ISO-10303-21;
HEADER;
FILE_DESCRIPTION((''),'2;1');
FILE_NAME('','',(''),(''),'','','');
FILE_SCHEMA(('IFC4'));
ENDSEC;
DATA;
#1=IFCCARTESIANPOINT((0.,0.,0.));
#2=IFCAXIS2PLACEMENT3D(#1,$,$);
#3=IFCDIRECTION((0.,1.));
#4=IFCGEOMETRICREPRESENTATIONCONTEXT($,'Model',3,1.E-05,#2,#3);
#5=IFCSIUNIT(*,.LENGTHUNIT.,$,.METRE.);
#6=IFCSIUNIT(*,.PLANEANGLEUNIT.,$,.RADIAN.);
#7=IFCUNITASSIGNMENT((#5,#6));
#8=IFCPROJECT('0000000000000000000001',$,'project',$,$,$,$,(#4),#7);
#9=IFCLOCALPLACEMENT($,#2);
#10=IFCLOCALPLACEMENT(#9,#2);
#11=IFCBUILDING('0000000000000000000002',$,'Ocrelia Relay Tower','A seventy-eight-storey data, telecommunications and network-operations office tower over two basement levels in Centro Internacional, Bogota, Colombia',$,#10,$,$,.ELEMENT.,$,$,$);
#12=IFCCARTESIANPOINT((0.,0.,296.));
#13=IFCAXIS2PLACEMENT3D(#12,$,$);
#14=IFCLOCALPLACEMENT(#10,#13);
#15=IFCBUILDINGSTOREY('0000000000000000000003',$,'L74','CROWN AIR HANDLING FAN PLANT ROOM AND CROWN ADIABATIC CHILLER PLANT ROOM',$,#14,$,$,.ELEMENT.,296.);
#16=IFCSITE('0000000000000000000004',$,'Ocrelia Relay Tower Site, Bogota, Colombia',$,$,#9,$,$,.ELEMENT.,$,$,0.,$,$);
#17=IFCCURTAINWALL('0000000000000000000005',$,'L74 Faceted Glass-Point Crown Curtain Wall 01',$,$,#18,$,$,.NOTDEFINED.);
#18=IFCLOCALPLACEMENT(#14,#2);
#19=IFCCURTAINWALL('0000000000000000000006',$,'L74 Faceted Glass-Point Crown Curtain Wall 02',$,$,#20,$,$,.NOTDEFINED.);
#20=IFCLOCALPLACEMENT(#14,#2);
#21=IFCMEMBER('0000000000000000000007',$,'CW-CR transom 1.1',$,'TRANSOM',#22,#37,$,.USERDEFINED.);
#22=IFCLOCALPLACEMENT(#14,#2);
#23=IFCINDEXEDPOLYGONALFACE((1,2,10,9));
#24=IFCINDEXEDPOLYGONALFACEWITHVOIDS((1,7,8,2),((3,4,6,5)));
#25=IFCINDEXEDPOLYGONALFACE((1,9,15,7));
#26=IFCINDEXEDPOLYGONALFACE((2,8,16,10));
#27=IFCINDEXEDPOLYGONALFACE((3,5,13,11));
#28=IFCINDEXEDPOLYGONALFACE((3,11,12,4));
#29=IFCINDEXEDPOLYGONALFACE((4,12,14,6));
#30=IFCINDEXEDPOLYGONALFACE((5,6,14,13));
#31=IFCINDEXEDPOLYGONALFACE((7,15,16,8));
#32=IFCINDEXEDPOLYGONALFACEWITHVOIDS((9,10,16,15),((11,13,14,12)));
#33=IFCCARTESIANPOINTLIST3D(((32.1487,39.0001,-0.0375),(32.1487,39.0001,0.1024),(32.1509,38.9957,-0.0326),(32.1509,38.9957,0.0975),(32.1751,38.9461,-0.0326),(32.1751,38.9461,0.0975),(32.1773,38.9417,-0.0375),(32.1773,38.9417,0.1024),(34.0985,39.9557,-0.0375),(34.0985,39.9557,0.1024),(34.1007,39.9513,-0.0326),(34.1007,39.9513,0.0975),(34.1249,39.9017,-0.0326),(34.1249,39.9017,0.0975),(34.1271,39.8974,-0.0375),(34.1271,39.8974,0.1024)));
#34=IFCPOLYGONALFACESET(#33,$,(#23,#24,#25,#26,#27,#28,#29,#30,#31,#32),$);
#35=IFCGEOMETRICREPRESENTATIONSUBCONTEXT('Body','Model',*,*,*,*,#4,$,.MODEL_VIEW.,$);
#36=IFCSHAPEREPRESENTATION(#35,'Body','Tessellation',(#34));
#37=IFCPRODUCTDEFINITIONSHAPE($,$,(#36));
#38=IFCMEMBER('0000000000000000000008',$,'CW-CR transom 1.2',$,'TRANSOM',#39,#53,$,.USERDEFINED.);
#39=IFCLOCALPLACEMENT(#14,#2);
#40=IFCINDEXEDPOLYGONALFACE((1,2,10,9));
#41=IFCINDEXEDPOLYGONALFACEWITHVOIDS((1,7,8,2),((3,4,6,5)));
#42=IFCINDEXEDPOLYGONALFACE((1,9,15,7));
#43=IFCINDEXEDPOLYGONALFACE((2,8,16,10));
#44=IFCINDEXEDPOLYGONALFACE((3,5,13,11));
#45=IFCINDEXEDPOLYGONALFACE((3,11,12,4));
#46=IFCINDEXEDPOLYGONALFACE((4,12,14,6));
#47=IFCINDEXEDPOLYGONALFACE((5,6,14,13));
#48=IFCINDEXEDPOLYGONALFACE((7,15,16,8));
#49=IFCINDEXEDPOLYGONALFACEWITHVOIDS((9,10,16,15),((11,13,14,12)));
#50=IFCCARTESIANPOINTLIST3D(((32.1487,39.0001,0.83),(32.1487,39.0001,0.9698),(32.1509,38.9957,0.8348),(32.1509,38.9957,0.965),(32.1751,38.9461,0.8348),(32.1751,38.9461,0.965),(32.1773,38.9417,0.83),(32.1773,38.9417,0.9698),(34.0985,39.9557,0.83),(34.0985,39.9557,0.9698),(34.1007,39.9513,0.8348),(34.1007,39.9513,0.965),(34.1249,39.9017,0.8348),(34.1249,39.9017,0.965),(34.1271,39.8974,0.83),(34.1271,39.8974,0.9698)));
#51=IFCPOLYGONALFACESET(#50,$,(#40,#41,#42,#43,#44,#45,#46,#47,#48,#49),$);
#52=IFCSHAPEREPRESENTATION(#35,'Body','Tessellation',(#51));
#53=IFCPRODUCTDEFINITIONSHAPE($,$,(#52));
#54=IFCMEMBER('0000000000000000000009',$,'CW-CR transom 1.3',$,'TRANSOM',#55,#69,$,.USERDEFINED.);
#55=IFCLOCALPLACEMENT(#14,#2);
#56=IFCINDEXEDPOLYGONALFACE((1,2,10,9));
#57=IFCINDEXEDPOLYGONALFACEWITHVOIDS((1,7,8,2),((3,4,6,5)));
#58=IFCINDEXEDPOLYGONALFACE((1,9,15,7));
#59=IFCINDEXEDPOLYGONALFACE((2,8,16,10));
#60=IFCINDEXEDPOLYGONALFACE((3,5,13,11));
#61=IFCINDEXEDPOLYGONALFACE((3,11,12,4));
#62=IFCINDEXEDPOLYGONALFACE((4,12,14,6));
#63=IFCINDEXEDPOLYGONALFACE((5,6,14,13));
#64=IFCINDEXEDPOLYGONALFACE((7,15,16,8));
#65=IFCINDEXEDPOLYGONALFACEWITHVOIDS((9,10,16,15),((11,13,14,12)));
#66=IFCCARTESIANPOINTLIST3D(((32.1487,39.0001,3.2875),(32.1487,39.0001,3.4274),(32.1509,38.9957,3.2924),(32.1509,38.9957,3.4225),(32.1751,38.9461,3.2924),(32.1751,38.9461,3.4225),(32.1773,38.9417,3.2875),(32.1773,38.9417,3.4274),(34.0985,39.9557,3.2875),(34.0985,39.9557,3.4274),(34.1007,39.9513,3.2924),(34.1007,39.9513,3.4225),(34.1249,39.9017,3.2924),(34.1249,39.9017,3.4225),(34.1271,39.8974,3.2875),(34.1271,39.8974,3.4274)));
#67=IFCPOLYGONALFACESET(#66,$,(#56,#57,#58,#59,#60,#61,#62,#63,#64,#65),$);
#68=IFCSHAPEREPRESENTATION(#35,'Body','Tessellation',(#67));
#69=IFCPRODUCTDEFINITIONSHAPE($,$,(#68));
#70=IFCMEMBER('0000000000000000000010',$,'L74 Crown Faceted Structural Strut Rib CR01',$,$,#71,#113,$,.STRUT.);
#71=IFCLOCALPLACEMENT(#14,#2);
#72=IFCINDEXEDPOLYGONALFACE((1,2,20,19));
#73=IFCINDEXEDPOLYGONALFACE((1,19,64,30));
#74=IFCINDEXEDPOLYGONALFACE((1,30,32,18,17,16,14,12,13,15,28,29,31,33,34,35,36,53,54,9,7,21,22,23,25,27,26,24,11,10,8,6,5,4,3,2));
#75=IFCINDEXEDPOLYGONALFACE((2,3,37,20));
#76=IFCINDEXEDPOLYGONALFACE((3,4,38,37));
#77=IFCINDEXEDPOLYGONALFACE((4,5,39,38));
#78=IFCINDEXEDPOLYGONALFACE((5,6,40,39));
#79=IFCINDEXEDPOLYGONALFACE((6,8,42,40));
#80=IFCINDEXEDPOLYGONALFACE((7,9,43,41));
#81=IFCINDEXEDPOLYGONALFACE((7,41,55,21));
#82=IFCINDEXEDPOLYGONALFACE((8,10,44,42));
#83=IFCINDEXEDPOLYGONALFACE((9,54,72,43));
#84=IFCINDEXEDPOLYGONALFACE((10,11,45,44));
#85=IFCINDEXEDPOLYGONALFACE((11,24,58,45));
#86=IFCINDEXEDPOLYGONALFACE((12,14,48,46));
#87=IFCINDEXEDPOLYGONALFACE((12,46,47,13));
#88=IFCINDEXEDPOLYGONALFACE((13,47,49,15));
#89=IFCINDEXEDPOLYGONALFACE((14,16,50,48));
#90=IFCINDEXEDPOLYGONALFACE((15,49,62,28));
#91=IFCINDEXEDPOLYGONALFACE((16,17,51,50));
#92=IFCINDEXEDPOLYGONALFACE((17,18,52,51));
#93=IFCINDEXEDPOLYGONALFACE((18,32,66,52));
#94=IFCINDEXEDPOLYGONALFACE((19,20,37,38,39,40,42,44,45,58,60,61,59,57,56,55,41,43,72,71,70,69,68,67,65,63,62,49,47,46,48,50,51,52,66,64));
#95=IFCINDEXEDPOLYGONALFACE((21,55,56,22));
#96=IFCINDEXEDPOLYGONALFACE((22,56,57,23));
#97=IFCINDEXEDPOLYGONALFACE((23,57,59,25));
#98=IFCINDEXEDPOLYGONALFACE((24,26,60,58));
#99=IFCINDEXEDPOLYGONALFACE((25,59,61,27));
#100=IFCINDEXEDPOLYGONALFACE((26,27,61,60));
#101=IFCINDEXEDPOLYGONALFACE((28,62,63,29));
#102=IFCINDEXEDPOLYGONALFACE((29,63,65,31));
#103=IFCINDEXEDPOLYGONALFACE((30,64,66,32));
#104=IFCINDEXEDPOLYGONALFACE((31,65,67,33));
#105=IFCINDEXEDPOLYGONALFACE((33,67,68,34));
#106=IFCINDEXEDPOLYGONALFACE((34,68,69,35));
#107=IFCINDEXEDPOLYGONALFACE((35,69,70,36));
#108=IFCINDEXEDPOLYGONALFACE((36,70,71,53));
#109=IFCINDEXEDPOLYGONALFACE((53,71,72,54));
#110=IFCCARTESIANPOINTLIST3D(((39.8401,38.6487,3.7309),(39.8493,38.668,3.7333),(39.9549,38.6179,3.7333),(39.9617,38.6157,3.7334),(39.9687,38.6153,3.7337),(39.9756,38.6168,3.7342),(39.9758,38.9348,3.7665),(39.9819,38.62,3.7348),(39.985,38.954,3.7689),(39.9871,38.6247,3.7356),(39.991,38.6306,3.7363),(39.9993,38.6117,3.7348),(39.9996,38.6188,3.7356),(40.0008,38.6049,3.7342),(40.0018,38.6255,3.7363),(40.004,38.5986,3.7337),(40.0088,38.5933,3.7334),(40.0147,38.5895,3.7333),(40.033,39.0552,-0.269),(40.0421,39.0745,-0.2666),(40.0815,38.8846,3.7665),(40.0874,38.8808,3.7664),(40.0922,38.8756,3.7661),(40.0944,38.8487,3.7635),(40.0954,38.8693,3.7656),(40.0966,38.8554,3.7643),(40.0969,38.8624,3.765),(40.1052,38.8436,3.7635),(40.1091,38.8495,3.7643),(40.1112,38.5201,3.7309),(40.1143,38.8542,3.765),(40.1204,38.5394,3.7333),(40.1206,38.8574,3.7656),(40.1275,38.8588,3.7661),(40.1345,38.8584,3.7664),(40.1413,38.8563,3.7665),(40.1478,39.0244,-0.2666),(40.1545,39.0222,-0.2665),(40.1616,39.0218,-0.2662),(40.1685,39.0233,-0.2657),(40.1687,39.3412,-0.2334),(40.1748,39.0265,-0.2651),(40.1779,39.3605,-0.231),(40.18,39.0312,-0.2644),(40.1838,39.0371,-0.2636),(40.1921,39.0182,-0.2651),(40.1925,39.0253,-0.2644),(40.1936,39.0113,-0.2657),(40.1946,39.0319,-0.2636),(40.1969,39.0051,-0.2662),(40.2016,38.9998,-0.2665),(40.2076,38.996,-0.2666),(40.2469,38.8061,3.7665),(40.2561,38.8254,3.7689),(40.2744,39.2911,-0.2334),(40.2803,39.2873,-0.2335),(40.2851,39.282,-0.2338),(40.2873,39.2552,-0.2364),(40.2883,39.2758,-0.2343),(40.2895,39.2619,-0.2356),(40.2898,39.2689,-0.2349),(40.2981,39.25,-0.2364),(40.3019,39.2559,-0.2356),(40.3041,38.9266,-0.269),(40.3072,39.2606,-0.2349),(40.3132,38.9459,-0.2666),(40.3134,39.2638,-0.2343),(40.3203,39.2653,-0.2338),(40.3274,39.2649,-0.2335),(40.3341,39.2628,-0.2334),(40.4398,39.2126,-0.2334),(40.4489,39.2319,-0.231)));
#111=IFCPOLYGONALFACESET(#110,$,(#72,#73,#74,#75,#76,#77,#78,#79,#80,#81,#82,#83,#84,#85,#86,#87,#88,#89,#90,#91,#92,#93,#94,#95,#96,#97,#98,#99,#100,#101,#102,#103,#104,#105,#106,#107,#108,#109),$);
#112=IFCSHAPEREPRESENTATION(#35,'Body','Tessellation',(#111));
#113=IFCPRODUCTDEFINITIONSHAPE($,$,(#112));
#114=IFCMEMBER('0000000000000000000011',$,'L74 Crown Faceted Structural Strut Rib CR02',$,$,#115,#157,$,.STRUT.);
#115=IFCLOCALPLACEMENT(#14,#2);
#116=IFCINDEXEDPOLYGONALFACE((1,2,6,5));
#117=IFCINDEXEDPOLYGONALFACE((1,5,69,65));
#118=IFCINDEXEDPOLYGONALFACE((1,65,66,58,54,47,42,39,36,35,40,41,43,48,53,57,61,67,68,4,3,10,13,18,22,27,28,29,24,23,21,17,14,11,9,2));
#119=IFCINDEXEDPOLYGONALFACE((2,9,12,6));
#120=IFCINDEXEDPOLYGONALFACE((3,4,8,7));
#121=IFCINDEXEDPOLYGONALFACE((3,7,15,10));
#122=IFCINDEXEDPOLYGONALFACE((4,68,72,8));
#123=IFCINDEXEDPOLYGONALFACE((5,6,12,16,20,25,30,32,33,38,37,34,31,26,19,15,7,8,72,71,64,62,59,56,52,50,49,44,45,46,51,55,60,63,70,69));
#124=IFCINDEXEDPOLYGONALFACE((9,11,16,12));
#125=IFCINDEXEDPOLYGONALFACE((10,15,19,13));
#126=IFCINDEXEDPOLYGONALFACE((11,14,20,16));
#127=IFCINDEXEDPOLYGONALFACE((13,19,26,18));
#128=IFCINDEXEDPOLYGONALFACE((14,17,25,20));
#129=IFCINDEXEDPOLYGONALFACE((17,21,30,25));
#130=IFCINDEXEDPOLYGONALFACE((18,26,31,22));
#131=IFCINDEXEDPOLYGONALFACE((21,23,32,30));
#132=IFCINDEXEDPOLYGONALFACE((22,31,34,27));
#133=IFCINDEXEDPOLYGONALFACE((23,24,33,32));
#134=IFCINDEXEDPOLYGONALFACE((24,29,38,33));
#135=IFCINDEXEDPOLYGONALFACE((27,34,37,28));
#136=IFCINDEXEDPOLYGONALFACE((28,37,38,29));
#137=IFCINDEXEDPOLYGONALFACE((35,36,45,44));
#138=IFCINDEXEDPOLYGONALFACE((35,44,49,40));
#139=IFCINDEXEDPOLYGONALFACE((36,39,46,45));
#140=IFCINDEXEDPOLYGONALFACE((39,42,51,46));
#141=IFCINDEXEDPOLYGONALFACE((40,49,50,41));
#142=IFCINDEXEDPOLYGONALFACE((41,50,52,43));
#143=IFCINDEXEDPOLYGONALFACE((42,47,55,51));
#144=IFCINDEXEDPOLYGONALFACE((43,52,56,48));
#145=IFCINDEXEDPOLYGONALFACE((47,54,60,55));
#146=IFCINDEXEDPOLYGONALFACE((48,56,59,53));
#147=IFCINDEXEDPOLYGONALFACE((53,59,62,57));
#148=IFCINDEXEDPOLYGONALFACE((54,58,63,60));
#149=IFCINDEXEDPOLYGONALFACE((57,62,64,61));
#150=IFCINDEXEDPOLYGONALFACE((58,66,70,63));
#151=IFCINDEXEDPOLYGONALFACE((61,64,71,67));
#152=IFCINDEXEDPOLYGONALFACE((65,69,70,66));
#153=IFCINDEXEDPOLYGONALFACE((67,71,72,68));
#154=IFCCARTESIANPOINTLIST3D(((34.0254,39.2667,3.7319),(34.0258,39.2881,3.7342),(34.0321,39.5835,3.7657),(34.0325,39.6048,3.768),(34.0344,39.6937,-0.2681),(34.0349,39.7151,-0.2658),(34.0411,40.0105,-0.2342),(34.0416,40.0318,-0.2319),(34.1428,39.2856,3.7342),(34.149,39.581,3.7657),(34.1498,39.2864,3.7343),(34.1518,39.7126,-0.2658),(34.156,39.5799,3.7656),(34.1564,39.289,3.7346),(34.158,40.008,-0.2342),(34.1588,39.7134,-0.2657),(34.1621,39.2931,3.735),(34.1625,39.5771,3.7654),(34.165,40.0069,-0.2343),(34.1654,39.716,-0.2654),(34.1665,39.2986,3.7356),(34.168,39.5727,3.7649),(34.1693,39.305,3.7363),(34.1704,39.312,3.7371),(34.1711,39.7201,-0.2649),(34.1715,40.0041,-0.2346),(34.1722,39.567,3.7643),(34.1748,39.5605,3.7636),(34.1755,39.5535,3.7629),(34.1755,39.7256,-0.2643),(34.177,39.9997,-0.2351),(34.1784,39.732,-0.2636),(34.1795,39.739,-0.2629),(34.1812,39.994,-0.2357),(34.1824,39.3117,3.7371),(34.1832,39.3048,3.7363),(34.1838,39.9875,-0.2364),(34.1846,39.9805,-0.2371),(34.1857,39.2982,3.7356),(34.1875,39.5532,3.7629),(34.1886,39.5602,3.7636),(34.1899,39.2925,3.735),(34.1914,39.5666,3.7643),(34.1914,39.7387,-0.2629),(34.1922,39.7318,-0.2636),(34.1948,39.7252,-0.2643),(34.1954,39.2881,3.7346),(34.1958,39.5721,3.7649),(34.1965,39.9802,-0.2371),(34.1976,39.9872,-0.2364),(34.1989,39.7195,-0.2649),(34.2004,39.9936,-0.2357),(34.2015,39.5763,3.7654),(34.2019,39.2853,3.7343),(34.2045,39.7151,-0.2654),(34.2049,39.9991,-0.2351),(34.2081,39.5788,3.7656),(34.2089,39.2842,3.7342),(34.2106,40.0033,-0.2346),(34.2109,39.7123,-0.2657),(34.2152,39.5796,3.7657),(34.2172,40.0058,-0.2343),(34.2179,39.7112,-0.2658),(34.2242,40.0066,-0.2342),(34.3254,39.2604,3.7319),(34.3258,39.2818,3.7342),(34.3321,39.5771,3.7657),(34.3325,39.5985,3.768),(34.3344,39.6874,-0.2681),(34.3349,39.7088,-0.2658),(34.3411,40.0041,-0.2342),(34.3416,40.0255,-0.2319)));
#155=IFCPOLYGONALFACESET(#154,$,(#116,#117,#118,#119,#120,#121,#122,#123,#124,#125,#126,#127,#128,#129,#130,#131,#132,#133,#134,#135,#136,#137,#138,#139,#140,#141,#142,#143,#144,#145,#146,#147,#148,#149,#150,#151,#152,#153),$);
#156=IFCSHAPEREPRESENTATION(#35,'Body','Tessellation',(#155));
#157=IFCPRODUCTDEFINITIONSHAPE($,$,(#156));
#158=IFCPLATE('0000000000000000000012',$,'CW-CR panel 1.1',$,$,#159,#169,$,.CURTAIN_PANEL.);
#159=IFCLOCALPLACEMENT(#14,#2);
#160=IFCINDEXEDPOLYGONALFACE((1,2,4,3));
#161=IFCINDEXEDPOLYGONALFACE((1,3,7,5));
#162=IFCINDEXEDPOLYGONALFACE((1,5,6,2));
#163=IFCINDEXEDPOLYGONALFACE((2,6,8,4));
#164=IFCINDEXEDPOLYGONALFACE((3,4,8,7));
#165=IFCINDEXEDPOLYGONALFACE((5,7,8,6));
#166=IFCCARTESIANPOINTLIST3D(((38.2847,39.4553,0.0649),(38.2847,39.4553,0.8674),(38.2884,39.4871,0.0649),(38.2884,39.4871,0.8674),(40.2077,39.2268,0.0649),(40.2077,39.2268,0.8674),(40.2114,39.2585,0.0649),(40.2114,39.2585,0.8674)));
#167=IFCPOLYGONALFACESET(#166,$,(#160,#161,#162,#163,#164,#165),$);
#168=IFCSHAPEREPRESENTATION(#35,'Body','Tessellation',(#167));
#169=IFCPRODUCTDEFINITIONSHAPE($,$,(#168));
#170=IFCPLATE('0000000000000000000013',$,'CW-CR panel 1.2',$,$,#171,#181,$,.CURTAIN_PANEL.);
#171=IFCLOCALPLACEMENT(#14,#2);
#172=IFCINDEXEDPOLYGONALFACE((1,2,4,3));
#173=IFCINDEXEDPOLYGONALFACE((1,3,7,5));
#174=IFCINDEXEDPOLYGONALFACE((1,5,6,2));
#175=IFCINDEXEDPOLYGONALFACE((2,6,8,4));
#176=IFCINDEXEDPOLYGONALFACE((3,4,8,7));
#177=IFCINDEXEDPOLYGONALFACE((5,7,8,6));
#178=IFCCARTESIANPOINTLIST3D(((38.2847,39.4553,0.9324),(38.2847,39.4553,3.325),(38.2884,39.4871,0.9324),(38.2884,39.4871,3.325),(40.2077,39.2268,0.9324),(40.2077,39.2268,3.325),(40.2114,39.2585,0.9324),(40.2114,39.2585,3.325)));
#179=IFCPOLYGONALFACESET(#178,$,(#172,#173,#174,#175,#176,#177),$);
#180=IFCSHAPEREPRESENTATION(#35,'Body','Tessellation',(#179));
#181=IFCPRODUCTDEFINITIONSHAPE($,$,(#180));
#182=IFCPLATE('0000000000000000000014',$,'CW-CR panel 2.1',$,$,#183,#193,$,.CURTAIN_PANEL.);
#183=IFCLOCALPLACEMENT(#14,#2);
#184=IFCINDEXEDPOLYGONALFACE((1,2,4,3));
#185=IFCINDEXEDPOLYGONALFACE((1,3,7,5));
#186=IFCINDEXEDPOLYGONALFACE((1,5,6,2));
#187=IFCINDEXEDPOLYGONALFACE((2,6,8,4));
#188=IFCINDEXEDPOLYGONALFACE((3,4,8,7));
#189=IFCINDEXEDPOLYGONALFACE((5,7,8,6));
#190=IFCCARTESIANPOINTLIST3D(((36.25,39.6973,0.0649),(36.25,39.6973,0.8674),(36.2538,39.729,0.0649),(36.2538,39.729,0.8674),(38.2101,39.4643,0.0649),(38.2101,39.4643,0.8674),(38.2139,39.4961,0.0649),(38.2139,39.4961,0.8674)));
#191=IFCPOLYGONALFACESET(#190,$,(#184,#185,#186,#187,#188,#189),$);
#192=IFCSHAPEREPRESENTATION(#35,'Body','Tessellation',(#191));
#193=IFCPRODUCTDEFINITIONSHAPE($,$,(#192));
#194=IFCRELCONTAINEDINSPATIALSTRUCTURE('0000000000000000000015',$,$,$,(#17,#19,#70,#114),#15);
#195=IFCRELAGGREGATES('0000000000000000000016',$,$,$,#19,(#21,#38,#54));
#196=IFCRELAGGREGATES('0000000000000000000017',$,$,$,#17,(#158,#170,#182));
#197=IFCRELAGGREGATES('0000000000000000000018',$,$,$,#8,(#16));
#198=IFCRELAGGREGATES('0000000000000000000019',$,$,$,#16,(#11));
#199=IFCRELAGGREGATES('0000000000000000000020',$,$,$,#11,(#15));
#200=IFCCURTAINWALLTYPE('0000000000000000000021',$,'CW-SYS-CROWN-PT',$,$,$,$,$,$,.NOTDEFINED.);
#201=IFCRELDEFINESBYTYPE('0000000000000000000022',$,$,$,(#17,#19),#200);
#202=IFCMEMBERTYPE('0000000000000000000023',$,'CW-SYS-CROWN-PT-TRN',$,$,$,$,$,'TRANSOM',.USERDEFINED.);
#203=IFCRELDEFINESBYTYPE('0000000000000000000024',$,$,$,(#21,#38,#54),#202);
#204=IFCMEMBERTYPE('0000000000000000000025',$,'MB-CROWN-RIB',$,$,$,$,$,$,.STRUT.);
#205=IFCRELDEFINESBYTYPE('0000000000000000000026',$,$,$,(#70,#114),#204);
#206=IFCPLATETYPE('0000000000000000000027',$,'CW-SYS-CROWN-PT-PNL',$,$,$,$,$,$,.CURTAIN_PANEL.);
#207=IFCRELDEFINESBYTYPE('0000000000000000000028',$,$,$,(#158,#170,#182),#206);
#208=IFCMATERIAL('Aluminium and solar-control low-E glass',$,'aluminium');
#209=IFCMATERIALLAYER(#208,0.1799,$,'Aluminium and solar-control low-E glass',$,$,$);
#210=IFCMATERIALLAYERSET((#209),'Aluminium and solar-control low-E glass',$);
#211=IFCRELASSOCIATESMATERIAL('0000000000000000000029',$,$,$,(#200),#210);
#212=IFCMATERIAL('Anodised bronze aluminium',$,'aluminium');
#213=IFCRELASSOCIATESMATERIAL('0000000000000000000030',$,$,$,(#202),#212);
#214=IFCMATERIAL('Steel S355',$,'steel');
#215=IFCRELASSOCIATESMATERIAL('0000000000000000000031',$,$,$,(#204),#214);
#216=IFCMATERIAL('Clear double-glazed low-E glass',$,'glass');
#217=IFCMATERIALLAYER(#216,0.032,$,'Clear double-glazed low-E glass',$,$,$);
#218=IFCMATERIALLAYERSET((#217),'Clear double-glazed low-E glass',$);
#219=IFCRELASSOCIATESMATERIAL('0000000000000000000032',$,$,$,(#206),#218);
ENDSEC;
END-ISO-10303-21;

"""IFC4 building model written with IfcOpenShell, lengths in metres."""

from ifc_helpers import new_model, si_unit, direction, frame, origin, origin_2d, place, context, subcontext, project, spatial, rectangle, hollow_rectangle, i_section, extrude, material, layer, layer_set, material_profile, profile_set, type_object, element, aggregate, save


model = new_model("IFC4")

# Units and contexts
model_context = context("Model", 3, precision=1e-05, world=origin(), true_north=direction((0.0, 1.0)))
body_context = subcontext(model_context, "Body", "Model", "MODEL_VIEW")
ifc_project = project(units=[si_unit("LENGTHUNIT", "METRE"), si_unit("PLANEANGLEUNIT", "RADIAN")], contexts=[model_context])

# Site, building, storey
site_placement = place(None, origin())
site = spatial("IfcSite", under=ifc_project, at=site_placement, Name="Ocrelia Relay Tower Site, Bogota, Colombia", CompositionType="ELEMENT", RefElevation=0.0)
building_placement = place(site_placement, origin())
building = spatial("IfcBuilding", under=site, at=building_placement, Name="Ocrelia Relay Tower", Description="A seventy-eight-storey data, telecommunications and network-operations office tower over two basement levels in Centro Internacional, Bogota, Colombia", CompositionType="ELEMENT")
storey_placement = place(building_placement, frame((0.0, 0.0, 296.0)))
storey = spatial("IfcBuildingStorey", under=building, at=storey_placement, Name="L74", Description="CROWN AIR HANDLING FAN PLANT ROOM AND CROWN ADIABATIC CHILLER PLANT ROOM", CompositionType="ELEMENT", Elevation=296.0)

# Shared definitions
ifc_material_1 = material(Name="Steel S355", Category="steel")

# Curtain wall
ifc_material_2 = material(Name="Aluminium and solar-control low-E glass", Category="aluminium")
ifc_layer_1 = layer(ifc_material_2, 0.1799, Name="Aluminium and solar-control low-E glass")
ifc_layer_set_1 = layer_set([ifc_layer_1], Name="Aluminium and solar-control low-E glass")
curtain_wall_type = type_object("IfcCurtainWallType", Name="CW-SYS-CROWN-PT", PredefinedType="NOTDEFINED", material=ifc_layer_set_1)
curtain_wall_1_placement = place(storey_placement, origin())
curtain_wall_1 = element("IfcCurtainWall", 1, at=curtain_wall_1_placement, inside=storey, type_object=curtain_wall_type, Name="L74 Faceted Glass-Point Crown Curtain Wall 01", PredefinedType="NOTDEFINED")
ifc_material_3 = material(Name="Anodised bronze aluminium", Category="aluminium")

# Curtain wall
curtain_wall_2_placement = place(storey_placement, origin())
curtain_wall_2 = element("IfcCurtainWall", 2, at=curtain_wall_2_placement, inside=storey, type_object=curtain_wall_type, Name="L74 Faceted Glass-Point Crown Curtain Wall 02", PredefinedType="NOTDEFINED")

# Members
ifc_material_profile_1 = material_profile(ifc_material_3, hollow_rectangle(XDim=0.0649, YDim=0.1399, WallThickness=0.0049, at=origin_2d()), Name="CW-TRN-140x65")
ifc_profile_set_1 = profile_set([ifc_material_profile_1], Name="Anodised bronze aluminium")
member_type_1 = type_object("IfcMemberType", Name="CW-SYS-CROWN-PT-TRN", ElementType="TRANSOM", PredefinedType="USERDEFINED", material=ifc_profile_set_1)
member_1_placement = place(storey_placement, frame((34.1128, 39.9265, 0.0325), z_axis=(-0.897952, -0.440093, 0.0), x_axis=(0.440093, -0.897952, 0.0)))
member_1 = element("IfcMember", 3, at=member_1_placement, type_object=member_type_1, Name="CW-CR transom 1.1", ObjectType="TRANSOM", PredefinedType="USERDEFINED", context=body_context, shape_type="SweptSolid", body=[
    extrude(hollow_rectangle(XDim=0.0649, YDim=0.1399, WallThickness=0.0049, at=origin_2d()), origin(), (0.0, 0.0, 1.0), 2.1714),
])
member_2_placement = place(storey_placement, frame((34.1128, 39.9265, 0.8999), z_axis=(-0.897952, -0.440093, 0.0), x_axis=(0.440093, -0.897952, 0.0)))
member_2 = element("IfcMember", 4, at=member_2_placement, type_object=member_type_1, Name="CW-CR transom 1.2", ObjectType="TRANSOM", PredefinedType="USERDEFINED", context=body_context, shape_type="SweptSolid", body=[
    extrude(hollow_rectangle(XDim=0.0649, YDim=0.1399, WallThickness=0.0049, at=origin_2d()), origin(), (0.0, 0.0, 1.0), 2.1714),
])
member_3_placement = place(storey_placement, frame((34.1128, 39.9265, 3.3574), z_axis=(-0.897952, -0.440093, 0.0), x_axis=(0.440093, -0.897952, 0.0)))
member_3 = element("IfcMember", 5, at=member_3_placement, type_object=member_type_1, Name="CW-CR transom 1.3", ObjectType="TRANSOM", PredefinedType="USERDEFINED", context=body_context, shape_type="SweptSolid", body=[
    extrude(hollow_rectangle(XDim=0.0649, YDim=0.1399, WallThickness=0.0049, at=origin_2d()), origin(), (0.0, 0.0, 1.0), 2.1714),
])
aggregate(curtain_wall_2, [member_1, member_2, member_3])

# Members
ifc_material_profile_2 = material_profile(ifc_material_1, i_section(OverallWidth=0.3, OverallDepth=0.3401, WebThickness=0.012, FlangeThickness=0.0215, FilletRadius=0.0271, at=origin_2d()), Name="HEB 340")
ifc_profile_set_2 = profile_set([ifc_material_profile_2], Name="Steel S355")
member_type_2 = type_object("IfcMemberType", Name="MB-CROWN-RIB", PredefinedType="STRUT", material=ifc_profile_set_2)
member_4_placement = place(storey_placement, frame((40.241, 39.1436, -0.25), z_axis=(-0.047916, -0.100987, 0.993733), x_axis=(0.903461, -0.428669, 0.0)))
element("IfcMember", 6, at=member_4_placement, inside=storey, type_object=member_type_2, Name="L74 Crown Faceted Structural Strut Rib CR01", PredefinedType="STRUT", context=body_context, shape_type="SweptSolid", body=[
    extrude(i_section(OverallWidth=0.3, OverallDepth=0.3401, WebThickness=0.012, FlangeThickness=0.0215, FilletRadius=0.0271, at=origin_2d()), origin(), (0.0, 0.0, 1.0), 4.0251),
])
member_5_placement = place(storey_placement, frame((34.188, 39.8596, -0.25), z_axis=(-0.002246, -0.106147, 0.994348), x_axis=(0.999776, -0.02115, 0.0)))
element("IfcMember", 7, at=member_5_placement, inside=storey, type_object=member_type_2, Name="L74 Crown Faceted Structural Strut Rib CR02", PredefinedType="STRUT", context=body_context, shape_type="SweptSolid", body=[
    extrude(i_section(OverallWidth=0.3, OverallDepth=0.3401, WebThickness=0.012, FlangeThickness=0.0215, FilletRadius=0.0271, at=origin_2d()), origin(), (0.0, 0.0, 1.0), 4.0227),
])

# Plates
ifc_material_4 = material(Name="Clear double-glazed low-E glass", Category="glass")
ifc_layer_2 = layer(ifc_material_4, 0.032, Name="Clear double-glazed low-E glass")
ifc_layer_set_2 = layer_set([ifc_layer_2], Name="Clear double-glazed low-E glass")
plate_type = type_object("IfcPlateType", Name="CW-SYS-CROWN-PT-PNL", PredefinedType="CURTAIN_PANEL", material=ifc_layer_set_2)
plate_1_placement = place(storey_placement, frame((39.248, 39.3569, 0.0649), z_axis=(0.0, 0.0, 1.0), x_axis=(-0.99301, 0.11803, 0.0)))
plate_1 = element("IfcPlate", 8, at=plate_1_placement, type_object=plate_type, Name="CW-CR panel 1.1", PredefinedType="CURTAIN_PANEL", context=body_context, shape_type="SweptSolid", body=[
    extrude(rectangle(XDim=1.9365, YDim=0.032, at=origin_2d()), origin(), (0.0, 0.0, 1.0), 0.8025),
])
plate_2_placement = place(storey_placement, frame((39.248, 39.3569, 0.9324), z_axis=(0.0, 0.0, 1.0), x_axis=(-0.99301, 0.11803, 0.0)))
plate_2 = element("IfcPlate", 9, at=plate_2_placement, type_object=plate_type, Name="CW-CR panel 1.2", PredefinedType="CURTAIN_PANEL", context=body_context, shape_type="SweptSolid", body=[
    extrude(rectangle(XDim=1.9365, YDim=0.032, at=origin_2d()), origin(), (0.0, 0.0, 1.0), 2.3926),
])
plate_3_placement = place(storey_placement, frame((37.2319, 39.5967, 0.0649), z_axis=(0.0, 0.0, 1.0), x_axis=(-0.99301, 0.11803, 0.0)))
plate_3 = element("IfcPlate", 10, at=plate_3_placement, type_object=plate_type, Name="CW-CR panel 2.1", PredefinedType="CURTAIN_PANEL", context=body_context, shape_type="SweptSolid", body=[
    extrude(rectangle(XDim=1.9739, YDim=0.032, at=origin_2d()), origin(), (0.0, 0.0, 1.0), 0.8025),
])
aggregate(curtain_wall_1, [plate_1, plate_2, plate_3])

save(model, "model.ifc")
